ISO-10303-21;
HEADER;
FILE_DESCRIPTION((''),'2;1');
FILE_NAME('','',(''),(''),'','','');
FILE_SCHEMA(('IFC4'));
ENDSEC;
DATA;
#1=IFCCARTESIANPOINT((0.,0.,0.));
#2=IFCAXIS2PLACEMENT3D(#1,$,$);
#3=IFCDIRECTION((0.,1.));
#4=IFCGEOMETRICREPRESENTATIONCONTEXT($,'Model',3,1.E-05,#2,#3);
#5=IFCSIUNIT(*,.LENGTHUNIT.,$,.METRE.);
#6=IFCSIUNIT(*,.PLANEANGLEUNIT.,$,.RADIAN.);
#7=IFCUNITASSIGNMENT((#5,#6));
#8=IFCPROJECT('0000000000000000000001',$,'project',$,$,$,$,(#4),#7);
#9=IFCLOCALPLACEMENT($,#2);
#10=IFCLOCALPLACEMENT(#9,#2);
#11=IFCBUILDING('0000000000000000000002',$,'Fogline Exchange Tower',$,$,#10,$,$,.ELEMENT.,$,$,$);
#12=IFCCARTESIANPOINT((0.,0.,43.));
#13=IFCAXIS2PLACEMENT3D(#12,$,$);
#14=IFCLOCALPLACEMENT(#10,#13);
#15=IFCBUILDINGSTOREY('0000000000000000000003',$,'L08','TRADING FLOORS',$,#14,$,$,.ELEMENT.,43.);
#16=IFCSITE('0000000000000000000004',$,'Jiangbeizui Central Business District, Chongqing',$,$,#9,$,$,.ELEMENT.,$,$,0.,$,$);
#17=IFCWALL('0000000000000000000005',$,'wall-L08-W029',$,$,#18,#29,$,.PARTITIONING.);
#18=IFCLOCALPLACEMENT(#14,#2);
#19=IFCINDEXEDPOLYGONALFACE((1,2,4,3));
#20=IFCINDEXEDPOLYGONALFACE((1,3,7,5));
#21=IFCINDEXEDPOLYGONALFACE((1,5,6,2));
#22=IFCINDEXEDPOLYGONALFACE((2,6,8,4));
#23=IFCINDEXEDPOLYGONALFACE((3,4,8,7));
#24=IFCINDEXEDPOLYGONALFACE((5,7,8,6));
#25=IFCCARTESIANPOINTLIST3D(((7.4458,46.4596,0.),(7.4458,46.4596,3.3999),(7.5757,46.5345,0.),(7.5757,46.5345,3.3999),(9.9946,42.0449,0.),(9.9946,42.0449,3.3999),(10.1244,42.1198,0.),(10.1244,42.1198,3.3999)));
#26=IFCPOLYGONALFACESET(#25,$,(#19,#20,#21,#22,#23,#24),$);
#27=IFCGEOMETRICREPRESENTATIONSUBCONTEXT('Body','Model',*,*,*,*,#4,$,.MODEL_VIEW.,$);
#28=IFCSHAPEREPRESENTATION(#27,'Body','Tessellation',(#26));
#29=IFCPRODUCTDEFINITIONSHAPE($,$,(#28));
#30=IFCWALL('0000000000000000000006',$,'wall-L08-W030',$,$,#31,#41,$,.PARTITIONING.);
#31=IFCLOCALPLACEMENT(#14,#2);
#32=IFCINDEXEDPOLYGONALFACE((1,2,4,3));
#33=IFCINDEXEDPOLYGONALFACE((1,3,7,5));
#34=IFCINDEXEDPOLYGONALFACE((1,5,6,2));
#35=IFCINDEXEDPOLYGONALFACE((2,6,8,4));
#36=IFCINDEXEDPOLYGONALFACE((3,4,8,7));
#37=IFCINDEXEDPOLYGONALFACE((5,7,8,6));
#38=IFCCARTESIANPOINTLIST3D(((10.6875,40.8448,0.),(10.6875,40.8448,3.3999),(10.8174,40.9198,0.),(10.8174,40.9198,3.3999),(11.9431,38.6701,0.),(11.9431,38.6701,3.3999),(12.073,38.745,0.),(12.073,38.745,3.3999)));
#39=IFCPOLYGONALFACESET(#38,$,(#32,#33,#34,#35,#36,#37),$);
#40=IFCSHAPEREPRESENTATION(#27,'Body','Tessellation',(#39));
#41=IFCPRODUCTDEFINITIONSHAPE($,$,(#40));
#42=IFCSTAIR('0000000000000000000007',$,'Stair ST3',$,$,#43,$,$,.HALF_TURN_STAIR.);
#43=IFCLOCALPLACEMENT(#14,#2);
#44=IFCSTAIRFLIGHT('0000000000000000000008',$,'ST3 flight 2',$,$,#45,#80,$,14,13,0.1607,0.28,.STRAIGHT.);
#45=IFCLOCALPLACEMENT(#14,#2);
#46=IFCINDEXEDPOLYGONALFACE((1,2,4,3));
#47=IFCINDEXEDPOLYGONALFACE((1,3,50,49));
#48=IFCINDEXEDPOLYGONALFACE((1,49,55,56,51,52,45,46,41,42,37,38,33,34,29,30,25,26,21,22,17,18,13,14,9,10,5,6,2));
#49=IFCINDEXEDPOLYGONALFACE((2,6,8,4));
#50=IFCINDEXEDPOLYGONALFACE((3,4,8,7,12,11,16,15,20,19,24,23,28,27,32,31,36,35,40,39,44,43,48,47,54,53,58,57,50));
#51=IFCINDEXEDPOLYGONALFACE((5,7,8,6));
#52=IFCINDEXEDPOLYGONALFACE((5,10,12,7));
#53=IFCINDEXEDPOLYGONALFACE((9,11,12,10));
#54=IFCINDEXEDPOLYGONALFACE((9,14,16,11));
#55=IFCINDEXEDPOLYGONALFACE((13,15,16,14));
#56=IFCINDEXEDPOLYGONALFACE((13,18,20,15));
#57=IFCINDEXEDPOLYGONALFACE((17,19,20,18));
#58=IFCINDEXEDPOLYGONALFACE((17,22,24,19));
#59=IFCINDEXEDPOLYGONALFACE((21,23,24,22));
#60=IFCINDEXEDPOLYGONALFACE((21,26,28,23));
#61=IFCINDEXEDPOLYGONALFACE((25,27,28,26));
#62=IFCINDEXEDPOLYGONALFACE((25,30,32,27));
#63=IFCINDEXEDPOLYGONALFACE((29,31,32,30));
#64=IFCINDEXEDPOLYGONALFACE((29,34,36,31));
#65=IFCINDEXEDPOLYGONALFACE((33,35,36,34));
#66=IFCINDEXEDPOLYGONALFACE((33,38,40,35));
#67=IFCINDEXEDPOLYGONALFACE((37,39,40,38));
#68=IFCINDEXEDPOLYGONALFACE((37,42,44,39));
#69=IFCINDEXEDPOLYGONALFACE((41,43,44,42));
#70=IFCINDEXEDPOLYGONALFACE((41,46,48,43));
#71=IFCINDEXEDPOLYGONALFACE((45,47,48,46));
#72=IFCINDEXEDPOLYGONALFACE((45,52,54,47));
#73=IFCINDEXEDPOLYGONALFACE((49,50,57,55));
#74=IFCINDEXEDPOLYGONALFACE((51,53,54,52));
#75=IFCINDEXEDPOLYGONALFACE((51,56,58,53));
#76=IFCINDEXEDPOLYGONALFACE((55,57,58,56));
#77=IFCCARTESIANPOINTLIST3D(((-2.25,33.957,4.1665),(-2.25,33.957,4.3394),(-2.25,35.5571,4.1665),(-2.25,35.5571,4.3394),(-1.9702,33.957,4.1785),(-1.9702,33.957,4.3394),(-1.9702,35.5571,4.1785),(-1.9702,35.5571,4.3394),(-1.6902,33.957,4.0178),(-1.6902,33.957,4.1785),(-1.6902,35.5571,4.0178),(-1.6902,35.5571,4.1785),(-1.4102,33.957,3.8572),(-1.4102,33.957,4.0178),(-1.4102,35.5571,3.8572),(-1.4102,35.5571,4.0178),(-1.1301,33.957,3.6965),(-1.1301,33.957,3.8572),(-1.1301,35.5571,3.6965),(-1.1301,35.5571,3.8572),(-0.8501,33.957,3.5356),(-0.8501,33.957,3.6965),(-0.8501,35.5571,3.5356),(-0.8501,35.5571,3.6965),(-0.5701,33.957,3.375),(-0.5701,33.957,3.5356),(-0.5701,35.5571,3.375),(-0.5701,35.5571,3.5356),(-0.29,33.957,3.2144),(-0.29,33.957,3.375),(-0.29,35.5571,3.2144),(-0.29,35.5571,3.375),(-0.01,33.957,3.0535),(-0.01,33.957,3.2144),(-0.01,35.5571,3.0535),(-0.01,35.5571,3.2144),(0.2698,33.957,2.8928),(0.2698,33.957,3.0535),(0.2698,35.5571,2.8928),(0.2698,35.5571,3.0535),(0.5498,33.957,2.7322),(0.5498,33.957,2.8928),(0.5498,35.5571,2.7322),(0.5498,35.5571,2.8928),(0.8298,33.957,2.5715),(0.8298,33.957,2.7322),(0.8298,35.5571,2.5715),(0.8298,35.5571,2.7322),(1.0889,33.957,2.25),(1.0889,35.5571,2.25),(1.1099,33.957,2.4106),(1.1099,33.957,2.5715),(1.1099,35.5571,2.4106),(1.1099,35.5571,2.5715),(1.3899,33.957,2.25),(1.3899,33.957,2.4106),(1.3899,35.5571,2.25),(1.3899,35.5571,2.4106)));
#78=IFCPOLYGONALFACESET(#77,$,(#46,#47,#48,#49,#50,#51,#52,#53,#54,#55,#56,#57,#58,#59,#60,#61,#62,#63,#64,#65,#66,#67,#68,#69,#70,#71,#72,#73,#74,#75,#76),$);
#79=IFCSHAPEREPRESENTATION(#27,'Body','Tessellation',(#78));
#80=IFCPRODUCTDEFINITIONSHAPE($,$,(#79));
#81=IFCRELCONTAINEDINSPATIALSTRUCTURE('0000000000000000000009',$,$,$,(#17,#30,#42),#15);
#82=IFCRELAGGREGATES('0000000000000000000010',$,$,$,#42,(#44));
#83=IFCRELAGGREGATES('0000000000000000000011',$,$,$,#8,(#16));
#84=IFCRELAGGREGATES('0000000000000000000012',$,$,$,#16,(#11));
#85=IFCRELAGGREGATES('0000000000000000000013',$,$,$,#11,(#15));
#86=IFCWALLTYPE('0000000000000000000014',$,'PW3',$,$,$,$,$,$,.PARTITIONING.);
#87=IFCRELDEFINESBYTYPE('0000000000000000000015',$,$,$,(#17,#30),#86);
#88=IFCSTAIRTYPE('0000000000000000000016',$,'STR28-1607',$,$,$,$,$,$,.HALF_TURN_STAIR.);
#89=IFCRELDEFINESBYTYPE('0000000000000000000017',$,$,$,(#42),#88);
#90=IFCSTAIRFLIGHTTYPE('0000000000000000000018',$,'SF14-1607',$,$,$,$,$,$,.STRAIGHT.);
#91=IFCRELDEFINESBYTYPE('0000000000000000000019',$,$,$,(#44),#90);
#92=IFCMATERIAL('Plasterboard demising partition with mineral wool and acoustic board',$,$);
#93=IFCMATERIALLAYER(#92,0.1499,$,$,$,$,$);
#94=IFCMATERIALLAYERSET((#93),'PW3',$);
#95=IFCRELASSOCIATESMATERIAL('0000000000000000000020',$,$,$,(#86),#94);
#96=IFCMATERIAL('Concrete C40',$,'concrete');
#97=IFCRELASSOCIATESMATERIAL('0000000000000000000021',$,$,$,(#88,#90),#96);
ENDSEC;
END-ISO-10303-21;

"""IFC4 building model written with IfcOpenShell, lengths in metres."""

from ifc_helpers import new_model, si_unit, direction, frame, frame_2d, origin, place, context, subcontext, project, spatial, polyline, rectangle, outline, extrude, material, layer, layer_set, type_object, element, aggregate, save


model = new_model("IFC4")

# Units and contexts
model_context = context("Model", 3, precision=1e-05, world=origin(), true_north=direction((0.0, 1.0)))
body_context = subcontext(model_context, "Body", "Model", "MODEL_VIEW")
ifc_project = project(units=[si_unit("LENGTHUNIT", "METRE"), si_unit("PLANEANGLEUNIT", "RADIAN")], contexts=[model_context])

# Site, building, storey
site_placement = place(None, origin())
site = spatial("IfcSite", under=ifc_project, at=site_placement, Name="Jiangbeizui Central Business District, Chongqing", CompositionType="ELEMENT", RefElevation=0.0)
building_placement = place(site_placement, origin())
building = spatial("IfcBuilding", under=site, at=building_placement, Name="Fogline Exchange Tower", CompositionType="ELEMENT")
storey_placement = place(building_placement, frame((0.0, 0.0, 43.0)))
storey = spatial("IfcBuildingStorey", under=building, at=storey_placement, Name="L08", Description="TRADING FLOORS", CompositionType="ELEMENT", Elevation=43.0)

# Shared definitions
ifc_material_1 = material(Name="Concrete C40", Category="concrete")

# Shared definitions
ifc_material_2 = material(Name="Plasterboard demising partition with mineral wool and acoustic board")
ifc_layer_1 = layer(ifc_material_2, 0.1499)
ifc_layer_set_1 = layer_set([ifc_layer_1], Name="PW3")
wall_type_1 = type_object("IfcWallType", Name="PW3", PredefinedType="PARTITIONING", material=ifc_layer_set_1)

# Walls
wall_1_placement = place(storey_placement, frame((7.5107, 46.4971, 0.0), z_axis=(0.0, 0.0, 1.0), x_axis=(0.499992, -0.86603, 0.0)))
element("IfcWall", 1, at=wall_1_placement, inside=storey, type_object=wall_type_1, Name="wall-L08-W029", PredefinedType="PARTITIONING", context=body_context, shape_type="SweptSolid", body=[
    extrude(rectangle(XDim=5.0977, YDim=0.1499, at=frame_2d((2.5488, 0.0))), origin(), (0.0, 0.0, 1.0), 3.3999),
])
wall_2_placement = place(storey_placement, frame((10.7524, 40.8823, 0.0), z_axis=(0.0, 0.0, 1.0), x_axis=(0.499997, -0.866027, 0.0)))
element("IfcWall", 2, at=wall_2_placement, inside=storey, type_object=wall_type_1, Name="wall-L08-W030", PredefinedType="PARTITIONING", context=body_context, shape_type="SweptSolid", body=[
    extrude(rectangle(XDim=2.5112, YDim=0.1499, at=frame_2d((1.2556, 0.0))), origin(), (0.0, 0.0, 1.0), 3.3999),
])

# Stair, stair flight
stair_type = type_object("IfcStairType", Name="STR28-1607", PredefinedType="HALF_TURN_STAIR", material=ifc_material_1)
stair_placement = place(storey_placement, origin())
stair = element("IfcStair", 3, at=stair_placement, inside=storey, type_object=stair_type, Name="Stair ST3", PredefinedType="HALF_TURN_STAIR")
stair_flight_type = type_object("IfcStairFlightType", Name="SF14-1607", PredefinedType="STRAIGHT", material=ifc_material_1)
stair_flight_placement = place(storey_placement, frame((1.3899, 34.7571, 2.25), z_axis=(0.0, 0.0, 1.0), x_axis=(-1.0, 0.0, 0.0)))
stair_flight = element("IfcStairFlight", 4, at=stair_flight_placement, type_object=stair_flight_type, Name="ST3 flight 2", NumberOfRisers=14, NumberOfTreads=13, PredefinedType="STRAIGHT", RiserHeight=0.1607, TreadLength=0.28, context=body_context, shape_type="SweptSolid", body=[
    extrude(outline(polyline([(0.0, 0.0), (0.0, 0.1606), (0.28, 0.1606), (0.28, 0.3215), (0.5601, 0.3215), (0.5601, 0.4822), (0.8401, 0.4822), (0.8401, 0.6428), (1.1201, 0.6428), (1.1201, 0.8035), (1.3999, 0.8035), (1.3999, 0.9644), (1.6799, 0.9644), (1.6799, 1.125), (1.96, 1.125), (1.96, 1.2856), (2.24, 1.2856), (2.24, 1.4465), (2.52, 1.4465), (2.52, 1.6072), (2.8, 1.6072), (2.8, 1.7678), (3.0801, 1.7678), (3.0801, 1.9285), (3.3601, 1.9285), (3.3601, 2.0894), (3.6399, 2.0894), (3.6399, 2.25), (3.6399, 1.9165), (0.301, 0.0), (0.0, 0.0)])), frame((0.0, 0.8, 0.0), z_axis=(0.0, -1.0, 0.0), x_axis=(1.0, 0.0, 0.0)), (0.0, 0.0, 1.0), 1.6001),
])
aggregate(stair, [stair_flight])

save(model, "model.ifc")
